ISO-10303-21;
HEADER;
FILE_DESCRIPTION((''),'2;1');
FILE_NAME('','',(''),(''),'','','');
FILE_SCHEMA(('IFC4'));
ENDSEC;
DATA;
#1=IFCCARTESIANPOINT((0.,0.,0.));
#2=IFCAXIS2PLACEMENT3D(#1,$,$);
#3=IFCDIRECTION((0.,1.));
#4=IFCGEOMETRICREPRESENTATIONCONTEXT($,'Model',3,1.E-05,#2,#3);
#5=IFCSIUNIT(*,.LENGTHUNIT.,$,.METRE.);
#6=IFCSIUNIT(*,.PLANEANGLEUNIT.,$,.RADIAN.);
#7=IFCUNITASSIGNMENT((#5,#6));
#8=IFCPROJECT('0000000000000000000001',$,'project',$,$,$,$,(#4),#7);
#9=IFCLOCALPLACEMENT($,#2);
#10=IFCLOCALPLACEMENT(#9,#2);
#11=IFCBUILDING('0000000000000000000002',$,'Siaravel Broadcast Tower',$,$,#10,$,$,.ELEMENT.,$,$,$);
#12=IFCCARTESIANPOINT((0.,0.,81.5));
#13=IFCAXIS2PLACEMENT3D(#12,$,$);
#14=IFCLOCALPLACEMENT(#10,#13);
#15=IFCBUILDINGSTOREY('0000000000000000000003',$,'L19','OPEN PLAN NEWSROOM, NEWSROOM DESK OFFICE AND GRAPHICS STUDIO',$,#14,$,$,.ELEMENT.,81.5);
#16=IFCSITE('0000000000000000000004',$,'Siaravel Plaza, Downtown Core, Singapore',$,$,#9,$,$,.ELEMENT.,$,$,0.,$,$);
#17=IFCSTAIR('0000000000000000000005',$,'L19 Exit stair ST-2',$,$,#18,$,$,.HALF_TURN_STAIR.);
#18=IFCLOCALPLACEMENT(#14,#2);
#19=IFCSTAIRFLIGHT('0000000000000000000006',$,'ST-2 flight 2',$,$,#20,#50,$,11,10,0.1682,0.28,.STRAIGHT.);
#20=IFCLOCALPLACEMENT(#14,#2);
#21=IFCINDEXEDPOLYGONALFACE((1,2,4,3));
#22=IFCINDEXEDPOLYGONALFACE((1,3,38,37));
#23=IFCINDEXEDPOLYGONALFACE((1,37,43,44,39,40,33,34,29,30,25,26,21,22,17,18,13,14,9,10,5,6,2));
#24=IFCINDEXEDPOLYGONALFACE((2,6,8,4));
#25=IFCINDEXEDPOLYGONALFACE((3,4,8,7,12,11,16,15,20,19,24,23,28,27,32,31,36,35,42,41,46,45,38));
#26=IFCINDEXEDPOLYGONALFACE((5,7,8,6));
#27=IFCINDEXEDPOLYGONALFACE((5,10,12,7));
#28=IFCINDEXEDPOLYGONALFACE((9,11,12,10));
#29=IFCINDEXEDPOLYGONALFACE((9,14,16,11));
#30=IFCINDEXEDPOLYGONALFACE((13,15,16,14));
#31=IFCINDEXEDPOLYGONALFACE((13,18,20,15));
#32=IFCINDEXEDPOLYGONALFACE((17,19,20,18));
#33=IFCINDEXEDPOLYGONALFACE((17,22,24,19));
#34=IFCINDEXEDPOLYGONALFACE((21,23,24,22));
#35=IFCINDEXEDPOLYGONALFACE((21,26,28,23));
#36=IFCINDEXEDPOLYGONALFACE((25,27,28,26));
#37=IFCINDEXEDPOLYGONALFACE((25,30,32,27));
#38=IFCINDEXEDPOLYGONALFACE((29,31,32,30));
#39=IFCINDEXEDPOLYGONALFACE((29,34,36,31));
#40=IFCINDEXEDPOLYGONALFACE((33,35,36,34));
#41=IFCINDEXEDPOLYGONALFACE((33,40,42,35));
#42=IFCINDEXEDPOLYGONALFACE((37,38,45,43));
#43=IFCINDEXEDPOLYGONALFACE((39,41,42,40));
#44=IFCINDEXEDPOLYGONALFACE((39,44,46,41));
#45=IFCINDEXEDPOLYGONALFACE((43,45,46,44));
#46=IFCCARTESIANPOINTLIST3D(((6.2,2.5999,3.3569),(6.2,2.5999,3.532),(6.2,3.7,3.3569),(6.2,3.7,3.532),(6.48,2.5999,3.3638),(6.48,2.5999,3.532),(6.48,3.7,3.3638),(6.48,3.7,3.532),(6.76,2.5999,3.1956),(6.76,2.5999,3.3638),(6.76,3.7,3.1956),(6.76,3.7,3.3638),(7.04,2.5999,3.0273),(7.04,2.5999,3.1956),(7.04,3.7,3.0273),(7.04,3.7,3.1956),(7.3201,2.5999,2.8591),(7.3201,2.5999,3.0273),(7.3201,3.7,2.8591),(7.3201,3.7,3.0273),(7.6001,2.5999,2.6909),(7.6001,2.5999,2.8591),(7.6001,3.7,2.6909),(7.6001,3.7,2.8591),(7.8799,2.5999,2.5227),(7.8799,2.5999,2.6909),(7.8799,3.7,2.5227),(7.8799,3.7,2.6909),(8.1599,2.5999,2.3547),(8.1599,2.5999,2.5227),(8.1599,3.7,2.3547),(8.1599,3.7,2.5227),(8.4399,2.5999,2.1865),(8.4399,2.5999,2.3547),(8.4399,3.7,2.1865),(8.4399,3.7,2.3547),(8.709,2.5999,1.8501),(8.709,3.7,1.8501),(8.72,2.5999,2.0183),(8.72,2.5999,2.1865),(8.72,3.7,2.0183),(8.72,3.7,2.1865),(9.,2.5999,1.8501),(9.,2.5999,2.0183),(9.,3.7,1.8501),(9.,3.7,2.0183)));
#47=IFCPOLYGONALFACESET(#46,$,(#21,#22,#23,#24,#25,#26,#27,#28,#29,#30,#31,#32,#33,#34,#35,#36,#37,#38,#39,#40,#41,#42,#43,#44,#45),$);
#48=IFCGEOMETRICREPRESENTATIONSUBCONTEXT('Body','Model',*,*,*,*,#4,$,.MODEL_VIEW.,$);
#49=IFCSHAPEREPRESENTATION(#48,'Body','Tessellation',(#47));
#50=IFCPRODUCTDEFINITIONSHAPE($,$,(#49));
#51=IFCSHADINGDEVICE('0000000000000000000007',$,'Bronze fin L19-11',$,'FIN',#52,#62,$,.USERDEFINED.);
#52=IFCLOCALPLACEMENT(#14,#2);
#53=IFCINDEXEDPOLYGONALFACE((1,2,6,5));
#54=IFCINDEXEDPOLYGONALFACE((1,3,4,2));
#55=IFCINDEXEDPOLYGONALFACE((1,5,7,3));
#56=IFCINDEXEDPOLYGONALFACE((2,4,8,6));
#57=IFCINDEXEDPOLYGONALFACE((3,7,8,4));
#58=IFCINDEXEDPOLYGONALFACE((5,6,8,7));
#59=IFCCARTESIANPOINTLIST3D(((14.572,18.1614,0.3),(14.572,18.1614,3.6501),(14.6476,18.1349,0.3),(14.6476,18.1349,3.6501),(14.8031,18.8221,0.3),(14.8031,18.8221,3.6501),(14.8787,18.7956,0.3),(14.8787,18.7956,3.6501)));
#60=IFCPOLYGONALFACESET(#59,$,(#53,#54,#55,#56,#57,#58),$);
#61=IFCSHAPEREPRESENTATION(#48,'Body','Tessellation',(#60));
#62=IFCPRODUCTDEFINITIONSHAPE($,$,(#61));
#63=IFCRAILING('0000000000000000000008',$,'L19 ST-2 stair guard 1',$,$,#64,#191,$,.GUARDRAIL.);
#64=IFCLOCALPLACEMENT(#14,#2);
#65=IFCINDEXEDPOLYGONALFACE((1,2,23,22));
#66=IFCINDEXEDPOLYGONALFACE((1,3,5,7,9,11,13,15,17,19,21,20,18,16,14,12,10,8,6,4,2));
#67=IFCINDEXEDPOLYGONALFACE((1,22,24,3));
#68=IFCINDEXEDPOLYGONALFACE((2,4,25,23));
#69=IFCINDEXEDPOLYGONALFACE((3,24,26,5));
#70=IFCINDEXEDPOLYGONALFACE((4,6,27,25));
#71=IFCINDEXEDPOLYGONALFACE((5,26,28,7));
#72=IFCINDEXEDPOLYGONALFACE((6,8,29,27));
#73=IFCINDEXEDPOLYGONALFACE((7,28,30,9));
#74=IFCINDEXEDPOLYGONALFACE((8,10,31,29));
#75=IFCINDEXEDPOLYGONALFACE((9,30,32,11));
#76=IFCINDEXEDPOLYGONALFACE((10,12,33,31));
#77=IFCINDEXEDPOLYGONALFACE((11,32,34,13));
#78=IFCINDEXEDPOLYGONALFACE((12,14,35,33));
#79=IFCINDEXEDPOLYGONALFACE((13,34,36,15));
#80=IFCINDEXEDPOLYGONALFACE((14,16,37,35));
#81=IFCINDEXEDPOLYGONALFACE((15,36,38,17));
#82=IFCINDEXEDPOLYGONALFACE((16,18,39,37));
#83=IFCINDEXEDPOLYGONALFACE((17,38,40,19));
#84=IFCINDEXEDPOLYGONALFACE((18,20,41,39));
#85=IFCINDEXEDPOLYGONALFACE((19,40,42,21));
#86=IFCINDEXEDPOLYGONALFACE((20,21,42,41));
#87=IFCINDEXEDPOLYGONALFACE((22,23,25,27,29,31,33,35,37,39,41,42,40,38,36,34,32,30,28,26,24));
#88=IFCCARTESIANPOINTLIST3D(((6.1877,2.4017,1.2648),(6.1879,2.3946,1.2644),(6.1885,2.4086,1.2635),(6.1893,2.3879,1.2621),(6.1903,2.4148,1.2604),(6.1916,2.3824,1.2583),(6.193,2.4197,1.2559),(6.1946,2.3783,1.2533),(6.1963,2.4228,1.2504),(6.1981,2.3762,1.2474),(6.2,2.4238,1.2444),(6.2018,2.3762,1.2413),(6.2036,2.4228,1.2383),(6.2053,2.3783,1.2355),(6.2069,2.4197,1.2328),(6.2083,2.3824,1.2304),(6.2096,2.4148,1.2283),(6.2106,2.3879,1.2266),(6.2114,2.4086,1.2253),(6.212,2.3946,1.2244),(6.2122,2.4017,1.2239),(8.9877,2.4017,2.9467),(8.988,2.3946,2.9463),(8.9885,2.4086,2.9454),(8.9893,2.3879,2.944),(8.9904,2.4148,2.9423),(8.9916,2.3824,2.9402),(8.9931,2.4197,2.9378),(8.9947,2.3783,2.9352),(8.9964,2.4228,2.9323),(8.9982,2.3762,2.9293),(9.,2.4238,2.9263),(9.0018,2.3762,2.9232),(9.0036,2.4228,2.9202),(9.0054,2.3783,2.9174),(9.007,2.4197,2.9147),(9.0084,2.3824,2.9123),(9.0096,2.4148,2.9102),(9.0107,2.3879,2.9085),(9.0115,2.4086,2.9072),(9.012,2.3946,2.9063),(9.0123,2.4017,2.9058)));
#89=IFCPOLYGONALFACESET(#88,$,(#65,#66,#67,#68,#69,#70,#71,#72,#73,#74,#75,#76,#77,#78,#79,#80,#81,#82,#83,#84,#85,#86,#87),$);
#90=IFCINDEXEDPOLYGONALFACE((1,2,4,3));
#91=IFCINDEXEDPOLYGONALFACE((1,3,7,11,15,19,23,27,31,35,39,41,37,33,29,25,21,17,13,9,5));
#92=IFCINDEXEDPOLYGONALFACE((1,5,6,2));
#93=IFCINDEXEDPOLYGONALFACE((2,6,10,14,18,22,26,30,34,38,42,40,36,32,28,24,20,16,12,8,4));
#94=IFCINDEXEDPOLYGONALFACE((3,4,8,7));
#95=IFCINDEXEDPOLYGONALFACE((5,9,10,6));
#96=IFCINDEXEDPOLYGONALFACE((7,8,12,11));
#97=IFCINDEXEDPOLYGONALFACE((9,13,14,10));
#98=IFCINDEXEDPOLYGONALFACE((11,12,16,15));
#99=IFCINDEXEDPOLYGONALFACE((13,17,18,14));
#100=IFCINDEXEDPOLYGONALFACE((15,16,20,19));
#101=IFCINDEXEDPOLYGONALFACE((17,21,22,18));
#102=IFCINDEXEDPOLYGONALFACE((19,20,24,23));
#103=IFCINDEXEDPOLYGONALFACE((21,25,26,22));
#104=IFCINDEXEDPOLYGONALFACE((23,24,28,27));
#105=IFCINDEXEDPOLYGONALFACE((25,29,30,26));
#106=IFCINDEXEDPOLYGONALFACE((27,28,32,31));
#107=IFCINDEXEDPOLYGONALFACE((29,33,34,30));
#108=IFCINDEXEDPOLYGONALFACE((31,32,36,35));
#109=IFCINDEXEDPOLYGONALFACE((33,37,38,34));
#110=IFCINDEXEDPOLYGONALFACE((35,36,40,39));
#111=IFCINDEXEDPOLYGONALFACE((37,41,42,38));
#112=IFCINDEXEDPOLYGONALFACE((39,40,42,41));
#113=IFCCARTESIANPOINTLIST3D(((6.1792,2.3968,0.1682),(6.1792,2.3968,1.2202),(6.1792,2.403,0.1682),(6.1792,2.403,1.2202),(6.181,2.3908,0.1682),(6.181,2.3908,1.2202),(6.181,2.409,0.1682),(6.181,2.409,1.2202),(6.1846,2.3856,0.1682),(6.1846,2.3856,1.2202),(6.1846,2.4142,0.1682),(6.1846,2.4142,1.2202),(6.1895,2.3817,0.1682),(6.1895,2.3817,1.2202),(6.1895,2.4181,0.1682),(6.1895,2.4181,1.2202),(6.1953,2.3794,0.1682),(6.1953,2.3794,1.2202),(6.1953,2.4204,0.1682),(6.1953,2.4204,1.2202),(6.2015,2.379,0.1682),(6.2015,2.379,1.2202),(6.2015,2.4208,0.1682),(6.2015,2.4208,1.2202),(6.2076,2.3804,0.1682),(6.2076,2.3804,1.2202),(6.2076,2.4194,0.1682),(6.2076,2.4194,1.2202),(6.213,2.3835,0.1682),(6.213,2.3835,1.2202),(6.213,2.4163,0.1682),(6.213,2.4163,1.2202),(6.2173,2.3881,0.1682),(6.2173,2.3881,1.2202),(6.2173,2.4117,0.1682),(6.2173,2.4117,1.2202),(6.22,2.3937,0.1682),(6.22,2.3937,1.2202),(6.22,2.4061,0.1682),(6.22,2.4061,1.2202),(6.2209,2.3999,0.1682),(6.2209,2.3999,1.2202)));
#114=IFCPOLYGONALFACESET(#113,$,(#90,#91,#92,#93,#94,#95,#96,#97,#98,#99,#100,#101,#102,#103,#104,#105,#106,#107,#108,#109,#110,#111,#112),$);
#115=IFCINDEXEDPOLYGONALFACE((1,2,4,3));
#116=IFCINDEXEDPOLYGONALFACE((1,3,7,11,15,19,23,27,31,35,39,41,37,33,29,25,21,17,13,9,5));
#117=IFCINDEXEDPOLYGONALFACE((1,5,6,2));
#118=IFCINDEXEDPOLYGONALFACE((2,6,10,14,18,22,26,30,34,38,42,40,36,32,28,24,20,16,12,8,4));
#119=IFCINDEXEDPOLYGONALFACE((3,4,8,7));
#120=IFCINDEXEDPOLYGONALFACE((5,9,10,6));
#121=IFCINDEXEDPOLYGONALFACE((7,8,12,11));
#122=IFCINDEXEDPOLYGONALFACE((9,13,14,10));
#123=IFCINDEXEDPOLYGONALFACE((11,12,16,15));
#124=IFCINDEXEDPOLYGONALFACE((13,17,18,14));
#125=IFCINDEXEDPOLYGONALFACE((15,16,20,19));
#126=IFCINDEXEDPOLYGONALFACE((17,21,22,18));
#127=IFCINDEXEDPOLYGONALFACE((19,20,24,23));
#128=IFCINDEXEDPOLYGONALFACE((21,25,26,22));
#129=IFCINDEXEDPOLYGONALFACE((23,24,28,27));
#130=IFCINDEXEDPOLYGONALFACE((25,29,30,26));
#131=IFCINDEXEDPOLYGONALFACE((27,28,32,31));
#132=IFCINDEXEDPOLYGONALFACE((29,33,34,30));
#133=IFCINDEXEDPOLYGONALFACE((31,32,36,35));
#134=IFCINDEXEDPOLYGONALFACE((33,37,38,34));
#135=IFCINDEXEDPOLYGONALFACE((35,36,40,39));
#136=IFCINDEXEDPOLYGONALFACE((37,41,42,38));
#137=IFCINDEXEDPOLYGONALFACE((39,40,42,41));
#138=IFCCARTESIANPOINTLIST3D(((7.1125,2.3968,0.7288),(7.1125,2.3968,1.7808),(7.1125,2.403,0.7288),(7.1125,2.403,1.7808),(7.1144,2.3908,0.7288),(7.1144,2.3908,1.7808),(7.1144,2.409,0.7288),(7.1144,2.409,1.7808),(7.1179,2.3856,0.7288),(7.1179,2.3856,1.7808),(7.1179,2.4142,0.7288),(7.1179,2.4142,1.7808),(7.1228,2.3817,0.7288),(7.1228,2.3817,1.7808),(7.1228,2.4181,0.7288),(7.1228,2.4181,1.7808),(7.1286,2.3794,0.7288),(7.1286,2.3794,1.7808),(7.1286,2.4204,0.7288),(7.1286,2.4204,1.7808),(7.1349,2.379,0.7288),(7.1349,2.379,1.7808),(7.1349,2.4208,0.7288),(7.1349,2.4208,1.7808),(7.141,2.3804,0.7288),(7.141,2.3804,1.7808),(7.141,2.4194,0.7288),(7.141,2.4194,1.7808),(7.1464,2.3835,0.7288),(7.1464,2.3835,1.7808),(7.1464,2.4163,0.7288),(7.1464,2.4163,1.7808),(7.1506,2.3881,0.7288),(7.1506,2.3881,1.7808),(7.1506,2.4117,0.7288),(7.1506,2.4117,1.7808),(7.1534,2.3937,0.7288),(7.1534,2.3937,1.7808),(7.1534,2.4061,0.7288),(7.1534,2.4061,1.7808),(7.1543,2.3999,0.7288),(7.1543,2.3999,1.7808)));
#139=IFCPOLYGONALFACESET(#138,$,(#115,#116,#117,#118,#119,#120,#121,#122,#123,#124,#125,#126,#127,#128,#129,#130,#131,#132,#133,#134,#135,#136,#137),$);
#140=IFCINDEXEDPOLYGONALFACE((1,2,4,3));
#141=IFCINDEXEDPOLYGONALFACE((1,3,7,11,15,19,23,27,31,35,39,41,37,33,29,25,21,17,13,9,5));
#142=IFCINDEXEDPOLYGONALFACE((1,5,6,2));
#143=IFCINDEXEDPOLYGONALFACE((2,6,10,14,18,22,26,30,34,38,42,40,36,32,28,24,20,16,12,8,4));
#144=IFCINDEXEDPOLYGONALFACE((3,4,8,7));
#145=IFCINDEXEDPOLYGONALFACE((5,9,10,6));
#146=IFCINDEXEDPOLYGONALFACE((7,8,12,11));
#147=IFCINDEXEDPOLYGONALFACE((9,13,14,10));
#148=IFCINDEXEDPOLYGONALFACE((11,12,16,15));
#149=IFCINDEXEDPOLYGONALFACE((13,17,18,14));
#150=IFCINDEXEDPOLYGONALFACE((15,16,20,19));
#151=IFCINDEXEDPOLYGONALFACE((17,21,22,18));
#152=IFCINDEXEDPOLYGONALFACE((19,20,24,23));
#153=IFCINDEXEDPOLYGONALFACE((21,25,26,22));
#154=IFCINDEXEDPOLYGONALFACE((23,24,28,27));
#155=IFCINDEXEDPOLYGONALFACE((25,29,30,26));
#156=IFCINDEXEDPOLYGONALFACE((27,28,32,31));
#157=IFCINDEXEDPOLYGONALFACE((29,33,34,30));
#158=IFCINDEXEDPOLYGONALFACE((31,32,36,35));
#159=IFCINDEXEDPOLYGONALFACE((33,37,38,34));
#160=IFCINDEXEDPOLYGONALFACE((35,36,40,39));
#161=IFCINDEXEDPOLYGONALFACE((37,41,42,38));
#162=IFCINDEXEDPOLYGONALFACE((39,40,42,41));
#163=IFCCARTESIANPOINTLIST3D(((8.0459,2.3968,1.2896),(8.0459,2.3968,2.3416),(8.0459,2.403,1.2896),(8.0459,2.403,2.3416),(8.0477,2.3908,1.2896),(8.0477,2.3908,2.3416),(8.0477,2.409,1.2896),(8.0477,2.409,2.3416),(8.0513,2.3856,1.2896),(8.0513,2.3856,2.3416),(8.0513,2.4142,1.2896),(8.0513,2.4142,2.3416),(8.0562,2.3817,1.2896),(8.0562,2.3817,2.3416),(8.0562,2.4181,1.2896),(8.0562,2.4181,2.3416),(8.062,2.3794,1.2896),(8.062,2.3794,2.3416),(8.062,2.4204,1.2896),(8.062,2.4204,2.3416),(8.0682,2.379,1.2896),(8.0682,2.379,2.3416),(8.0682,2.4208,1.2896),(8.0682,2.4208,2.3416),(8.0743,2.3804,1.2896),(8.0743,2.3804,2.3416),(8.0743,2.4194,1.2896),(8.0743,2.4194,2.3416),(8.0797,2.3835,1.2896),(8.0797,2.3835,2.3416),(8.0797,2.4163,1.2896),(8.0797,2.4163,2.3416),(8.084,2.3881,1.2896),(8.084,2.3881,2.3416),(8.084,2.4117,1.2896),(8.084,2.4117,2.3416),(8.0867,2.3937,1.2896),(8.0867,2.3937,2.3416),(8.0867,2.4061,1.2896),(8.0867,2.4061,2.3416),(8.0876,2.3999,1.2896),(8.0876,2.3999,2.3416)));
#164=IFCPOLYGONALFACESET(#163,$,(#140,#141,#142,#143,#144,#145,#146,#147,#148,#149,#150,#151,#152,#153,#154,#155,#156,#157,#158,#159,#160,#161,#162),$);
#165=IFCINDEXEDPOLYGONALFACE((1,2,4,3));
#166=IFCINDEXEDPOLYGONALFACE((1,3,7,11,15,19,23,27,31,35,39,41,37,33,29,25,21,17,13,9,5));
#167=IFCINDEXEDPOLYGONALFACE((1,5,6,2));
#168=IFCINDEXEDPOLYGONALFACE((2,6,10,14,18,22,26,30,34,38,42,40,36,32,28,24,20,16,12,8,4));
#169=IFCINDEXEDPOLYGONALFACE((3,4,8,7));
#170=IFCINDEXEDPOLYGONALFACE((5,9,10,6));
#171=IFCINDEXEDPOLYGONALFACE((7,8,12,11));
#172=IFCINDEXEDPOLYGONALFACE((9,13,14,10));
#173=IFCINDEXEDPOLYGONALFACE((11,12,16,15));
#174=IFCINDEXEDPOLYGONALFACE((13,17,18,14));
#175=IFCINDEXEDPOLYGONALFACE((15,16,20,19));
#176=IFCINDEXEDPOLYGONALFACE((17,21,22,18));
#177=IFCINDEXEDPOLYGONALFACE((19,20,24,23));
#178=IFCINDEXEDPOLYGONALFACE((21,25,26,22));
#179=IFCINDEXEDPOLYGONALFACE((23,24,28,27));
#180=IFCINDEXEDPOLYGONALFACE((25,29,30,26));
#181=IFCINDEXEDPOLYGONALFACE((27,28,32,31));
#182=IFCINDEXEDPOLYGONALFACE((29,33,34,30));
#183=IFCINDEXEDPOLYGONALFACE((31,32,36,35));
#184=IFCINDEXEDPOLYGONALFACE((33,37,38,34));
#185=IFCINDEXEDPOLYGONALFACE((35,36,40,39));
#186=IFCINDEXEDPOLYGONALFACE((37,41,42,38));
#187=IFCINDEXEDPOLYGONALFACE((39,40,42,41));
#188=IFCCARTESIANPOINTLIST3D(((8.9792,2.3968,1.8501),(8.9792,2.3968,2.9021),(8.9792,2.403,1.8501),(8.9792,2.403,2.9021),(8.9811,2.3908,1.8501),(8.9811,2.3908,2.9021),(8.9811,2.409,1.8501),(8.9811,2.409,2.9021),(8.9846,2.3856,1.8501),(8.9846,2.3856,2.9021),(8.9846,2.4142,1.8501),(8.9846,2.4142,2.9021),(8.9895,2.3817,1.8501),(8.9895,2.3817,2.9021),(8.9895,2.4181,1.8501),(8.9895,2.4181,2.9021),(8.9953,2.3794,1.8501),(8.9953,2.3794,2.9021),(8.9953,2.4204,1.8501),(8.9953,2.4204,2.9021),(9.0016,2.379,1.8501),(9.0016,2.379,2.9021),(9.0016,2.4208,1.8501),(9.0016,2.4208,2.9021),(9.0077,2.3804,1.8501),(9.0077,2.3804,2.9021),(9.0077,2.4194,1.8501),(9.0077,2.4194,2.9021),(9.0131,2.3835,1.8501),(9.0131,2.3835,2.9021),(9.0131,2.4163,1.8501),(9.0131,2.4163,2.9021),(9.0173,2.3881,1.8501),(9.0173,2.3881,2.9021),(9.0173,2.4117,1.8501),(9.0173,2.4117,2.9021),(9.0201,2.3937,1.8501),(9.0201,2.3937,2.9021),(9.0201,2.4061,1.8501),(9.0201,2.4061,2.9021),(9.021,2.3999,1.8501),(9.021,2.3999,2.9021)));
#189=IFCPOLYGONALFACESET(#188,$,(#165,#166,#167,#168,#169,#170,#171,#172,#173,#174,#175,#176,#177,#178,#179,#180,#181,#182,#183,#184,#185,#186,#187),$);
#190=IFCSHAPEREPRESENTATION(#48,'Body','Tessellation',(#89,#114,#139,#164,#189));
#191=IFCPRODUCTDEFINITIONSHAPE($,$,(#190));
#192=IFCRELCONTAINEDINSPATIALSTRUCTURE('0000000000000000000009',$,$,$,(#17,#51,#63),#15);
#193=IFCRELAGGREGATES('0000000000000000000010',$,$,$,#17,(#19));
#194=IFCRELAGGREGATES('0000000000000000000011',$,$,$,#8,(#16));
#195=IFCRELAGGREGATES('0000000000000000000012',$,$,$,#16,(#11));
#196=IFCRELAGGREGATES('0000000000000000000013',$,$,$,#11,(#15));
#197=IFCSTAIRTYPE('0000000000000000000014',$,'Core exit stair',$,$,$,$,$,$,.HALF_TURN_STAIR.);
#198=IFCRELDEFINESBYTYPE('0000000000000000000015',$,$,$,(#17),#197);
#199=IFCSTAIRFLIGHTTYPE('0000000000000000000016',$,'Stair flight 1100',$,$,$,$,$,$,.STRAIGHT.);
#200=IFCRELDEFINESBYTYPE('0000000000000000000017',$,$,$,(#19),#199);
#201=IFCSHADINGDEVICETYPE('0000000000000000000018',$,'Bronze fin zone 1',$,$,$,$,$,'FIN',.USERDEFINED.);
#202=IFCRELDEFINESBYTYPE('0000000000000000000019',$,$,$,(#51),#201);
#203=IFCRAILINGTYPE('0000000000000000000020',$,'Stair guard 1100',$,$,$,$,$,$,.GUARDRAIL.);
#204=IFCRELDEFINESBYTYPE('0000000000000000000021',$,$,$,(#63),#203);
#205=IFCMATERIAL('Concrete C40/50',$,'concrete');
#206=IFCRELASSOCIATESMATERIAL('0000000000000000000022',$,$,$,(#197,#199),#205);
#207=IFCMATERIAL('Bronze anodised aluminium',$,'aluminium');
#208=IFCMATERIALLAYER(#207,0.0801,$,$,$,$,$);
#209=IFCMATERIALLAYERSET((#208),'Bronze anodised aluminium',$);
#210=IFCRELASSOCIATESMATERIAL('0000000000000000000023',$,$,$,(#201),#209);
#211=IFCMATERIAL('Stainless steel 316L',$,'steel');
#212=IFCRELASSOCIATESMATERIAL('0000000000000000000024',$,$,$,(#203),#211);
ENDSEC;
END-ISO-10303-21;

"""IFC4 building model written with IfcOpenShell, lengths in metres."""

from ifc_helpers import new_model, si_unit, direction, frame, origin, origin_2d, place, context, subcontext, project, spatial, polyline, rectangle, circle, outline, extrude, material, layer, layer_set, type_object, element, aggregate, save


model = new_model("IFC4")

# Units and contexts
model_context = context("Model", 3, precision=1e-05, world=origin(), true_north=direction((0.0, 1.0)))
body_context = subcontext(model_context, "Body", "Model", "MODEL_VIEW")
ifc_project = project(units=[si_unit("LENGTHUNIT", "METRE"), si_unit("PLANEANGLEUNIT", "RADIAN")], contexts=[model_context])

# Site, building, storey
site_placement = place(None, origin())
site = spatial("IfcSite", under=ifc_project, at=site_placement, Name="Siaravel Plaza, Downtown Core, Singapore", CompositionType="ELEMENT", RefElevation=0.0)
building_placement = place(site_placement, origin())
building = spatial("IfcBuilding", under=site, at=building_placement, Name="Siaravel Broadcast Tower", CompositionType="ELEMENT")
storey_placement = place(building_placement, frame((0.0, 0.0, 81.5)))
storey = spatial("IfcBuildingStorey", under=building, at=storey_placement, Name="L19", Description="OPEN PLAN NEWSROOM, NEWSROOM DESK OFFICE AND GRAPHICS STUDIO", CompositionType="ELEMENT", Elevation=81.5)

# Stair, stair flight
ifc_material_1 = material(Name="Concrete C40/50", Category="concrete")
stair_type = type_object("IfcStairType", Name="Core exit stair", PredefinedType="HALF_TURN_STAIR", material=ifc_material_1)
stair_placement = place(storey_placement, origin())
stair = element("IfcStair", 1, at=stair_placement, inside=storey, type_object=stair_type, Name="L19 Exit stair ST-2", PredefinedType="HALF_TURN_STAIR")
stair_flight_type = type_object("IfcStairFlightType", Name="Stair flight 1100", PredefinedType="STRAIGHT", material=ifc_material_1)
stair_flight_1_placement = place(storey_placement, frame((9.0, 3.1499, 1.8501), z_axis=(0.0, 0.0, 1.0), x_axis=(-1.0, 0.0, 0.0)))
stair_flight_1 = element("IfcStairFlight", 2, at=stair_flight_1_placement, type_object=stair_flight_type, Name="ST-2 flight 2", NumberOfRisers=11, NumberOfTreads=10, PredefinedType="STRAIGHT", RiserHeight=0.1682, TreadLength=0.28, context=body_context, shape_type="SweptSolid", body=[
    extrude(outline(polyline([(0.0, 0.0), (0.0, 0.1682), (0.28, 0.1682), (0.28, 0.3364), (0.5601, 0.3364), (0.5601, 0.5046), (0.8401, 0.5046), (0.8401, 0.6726), (1.1201, 0.6726), (1.1201, 0.8408), (1.3999, 0.8408), (1.3999, 1.009), (1.6799, 1.009), (1.6799, 1.1772), (1.96, 1.1772), (1.96, 1.3455), (2.24, 1.3455), (2.24, 1.5137), (2.52, 1.5137), (2.52, 1.6819), (2.8, 1.6819), (2.8, 1.8501), (2.8, 1.5068), (0.291, 0.0), (0.0, 0.0)])), frame((0.0, 0.55, 0.0), z_axis=(0.0, -1.0, 0.0), x_axis=(1.0, 0.0, 0.0)), (0.0, 0.0, 1.0), 1.1001),
])
aggregate(stair, [stair_flight_1])

# Shading device
ifc_material_2 = material(Name="Bronze anodised aluminium", Category="aluminium")
ifc_layer_1 = layer(ifc_material_2, 0.0801)
ifc_layer_set_1 = layer_set([ifc_layer_1], Name="Bronze anodised aluminium")
shading_device_type = type_object("IfcShadingDeviceType", Name="Bronze fin zone 1", ElementType="FIN", PredefinedType="USERDEFINED", material=ifc_layer_set_1)
shading_device_placement = place(storey_placement, frame((14.7253, 18.4785, 0.3), z_axis=(0.0, 0.0, 1.0), x_axis=(0.330145, 0.94393, 0.0)))
element("IfcShadingDevice", 3, at=shading_device_placement, inside=storey, type_object=shading_device_type, Name="Bronze fin L19-11", ObjectType="FIN", PredefinedType="USERDEFINED", context=body_context, shape_type="SweptSolid", body=[
    extrude(rectangle(XDim=0.7, YDim=0.0801, at=origin_2d()), origin(), (0.0, 0.0, 1.0), 3.3501),
])

# Railing
ifc_material_3 = material(Name="Stainless steel 316L", Category="steel")
railing_type_1 = type_object("IfcRailingType", Name="Stair guard 1100", PredefinedType="GUARDRAIL", material=ifc_material_3)
railing_1_placement = place(storey_placement, frame((6.2, 2.3999, 0.1682)))
element("IfcRailing", 4, at=railing_1_placement, inside=storey, type_object=railing_type_1, Name="L19 ST-2 stair guard 1", PredefinedType="GUARDRAIL", context=body_context, shape_type="SweptSolid", body=[
    extrude(circle(Radius=0.0239, at=origin_2d()), frame((0.0, 0.0, 1.0762), z_axis=(0.857242, 0.0, 0.514913), x_axis=(0.0, 1.0, 0.0)), (0.0, 0.0, 1.0), 3.2664),
    extrude(circle(Radius=0.021, at=origin_2d()), origin(), (0.0, 0.0, 1.0), 1.052),
    extrude(circle(Radius=0.021, at=origin_2d()), frame((0.9333, 0.0, 0.5605)), (0.0, 0.0, 1.0), 1.052),
    extrude(circle(Radius=0.021, at=origin_2d()), frame((1.8667, 0.0, 1.1213)), (0.0, 0.0, 1.0), 1.052),
    extrude(circle(Radius=0.021, at=origin_2d()), frame((2.8, 0.0, 1.6819)), (0.0, 0.0, 1.0), 1.052),
])

save(model, "model.ifc")
